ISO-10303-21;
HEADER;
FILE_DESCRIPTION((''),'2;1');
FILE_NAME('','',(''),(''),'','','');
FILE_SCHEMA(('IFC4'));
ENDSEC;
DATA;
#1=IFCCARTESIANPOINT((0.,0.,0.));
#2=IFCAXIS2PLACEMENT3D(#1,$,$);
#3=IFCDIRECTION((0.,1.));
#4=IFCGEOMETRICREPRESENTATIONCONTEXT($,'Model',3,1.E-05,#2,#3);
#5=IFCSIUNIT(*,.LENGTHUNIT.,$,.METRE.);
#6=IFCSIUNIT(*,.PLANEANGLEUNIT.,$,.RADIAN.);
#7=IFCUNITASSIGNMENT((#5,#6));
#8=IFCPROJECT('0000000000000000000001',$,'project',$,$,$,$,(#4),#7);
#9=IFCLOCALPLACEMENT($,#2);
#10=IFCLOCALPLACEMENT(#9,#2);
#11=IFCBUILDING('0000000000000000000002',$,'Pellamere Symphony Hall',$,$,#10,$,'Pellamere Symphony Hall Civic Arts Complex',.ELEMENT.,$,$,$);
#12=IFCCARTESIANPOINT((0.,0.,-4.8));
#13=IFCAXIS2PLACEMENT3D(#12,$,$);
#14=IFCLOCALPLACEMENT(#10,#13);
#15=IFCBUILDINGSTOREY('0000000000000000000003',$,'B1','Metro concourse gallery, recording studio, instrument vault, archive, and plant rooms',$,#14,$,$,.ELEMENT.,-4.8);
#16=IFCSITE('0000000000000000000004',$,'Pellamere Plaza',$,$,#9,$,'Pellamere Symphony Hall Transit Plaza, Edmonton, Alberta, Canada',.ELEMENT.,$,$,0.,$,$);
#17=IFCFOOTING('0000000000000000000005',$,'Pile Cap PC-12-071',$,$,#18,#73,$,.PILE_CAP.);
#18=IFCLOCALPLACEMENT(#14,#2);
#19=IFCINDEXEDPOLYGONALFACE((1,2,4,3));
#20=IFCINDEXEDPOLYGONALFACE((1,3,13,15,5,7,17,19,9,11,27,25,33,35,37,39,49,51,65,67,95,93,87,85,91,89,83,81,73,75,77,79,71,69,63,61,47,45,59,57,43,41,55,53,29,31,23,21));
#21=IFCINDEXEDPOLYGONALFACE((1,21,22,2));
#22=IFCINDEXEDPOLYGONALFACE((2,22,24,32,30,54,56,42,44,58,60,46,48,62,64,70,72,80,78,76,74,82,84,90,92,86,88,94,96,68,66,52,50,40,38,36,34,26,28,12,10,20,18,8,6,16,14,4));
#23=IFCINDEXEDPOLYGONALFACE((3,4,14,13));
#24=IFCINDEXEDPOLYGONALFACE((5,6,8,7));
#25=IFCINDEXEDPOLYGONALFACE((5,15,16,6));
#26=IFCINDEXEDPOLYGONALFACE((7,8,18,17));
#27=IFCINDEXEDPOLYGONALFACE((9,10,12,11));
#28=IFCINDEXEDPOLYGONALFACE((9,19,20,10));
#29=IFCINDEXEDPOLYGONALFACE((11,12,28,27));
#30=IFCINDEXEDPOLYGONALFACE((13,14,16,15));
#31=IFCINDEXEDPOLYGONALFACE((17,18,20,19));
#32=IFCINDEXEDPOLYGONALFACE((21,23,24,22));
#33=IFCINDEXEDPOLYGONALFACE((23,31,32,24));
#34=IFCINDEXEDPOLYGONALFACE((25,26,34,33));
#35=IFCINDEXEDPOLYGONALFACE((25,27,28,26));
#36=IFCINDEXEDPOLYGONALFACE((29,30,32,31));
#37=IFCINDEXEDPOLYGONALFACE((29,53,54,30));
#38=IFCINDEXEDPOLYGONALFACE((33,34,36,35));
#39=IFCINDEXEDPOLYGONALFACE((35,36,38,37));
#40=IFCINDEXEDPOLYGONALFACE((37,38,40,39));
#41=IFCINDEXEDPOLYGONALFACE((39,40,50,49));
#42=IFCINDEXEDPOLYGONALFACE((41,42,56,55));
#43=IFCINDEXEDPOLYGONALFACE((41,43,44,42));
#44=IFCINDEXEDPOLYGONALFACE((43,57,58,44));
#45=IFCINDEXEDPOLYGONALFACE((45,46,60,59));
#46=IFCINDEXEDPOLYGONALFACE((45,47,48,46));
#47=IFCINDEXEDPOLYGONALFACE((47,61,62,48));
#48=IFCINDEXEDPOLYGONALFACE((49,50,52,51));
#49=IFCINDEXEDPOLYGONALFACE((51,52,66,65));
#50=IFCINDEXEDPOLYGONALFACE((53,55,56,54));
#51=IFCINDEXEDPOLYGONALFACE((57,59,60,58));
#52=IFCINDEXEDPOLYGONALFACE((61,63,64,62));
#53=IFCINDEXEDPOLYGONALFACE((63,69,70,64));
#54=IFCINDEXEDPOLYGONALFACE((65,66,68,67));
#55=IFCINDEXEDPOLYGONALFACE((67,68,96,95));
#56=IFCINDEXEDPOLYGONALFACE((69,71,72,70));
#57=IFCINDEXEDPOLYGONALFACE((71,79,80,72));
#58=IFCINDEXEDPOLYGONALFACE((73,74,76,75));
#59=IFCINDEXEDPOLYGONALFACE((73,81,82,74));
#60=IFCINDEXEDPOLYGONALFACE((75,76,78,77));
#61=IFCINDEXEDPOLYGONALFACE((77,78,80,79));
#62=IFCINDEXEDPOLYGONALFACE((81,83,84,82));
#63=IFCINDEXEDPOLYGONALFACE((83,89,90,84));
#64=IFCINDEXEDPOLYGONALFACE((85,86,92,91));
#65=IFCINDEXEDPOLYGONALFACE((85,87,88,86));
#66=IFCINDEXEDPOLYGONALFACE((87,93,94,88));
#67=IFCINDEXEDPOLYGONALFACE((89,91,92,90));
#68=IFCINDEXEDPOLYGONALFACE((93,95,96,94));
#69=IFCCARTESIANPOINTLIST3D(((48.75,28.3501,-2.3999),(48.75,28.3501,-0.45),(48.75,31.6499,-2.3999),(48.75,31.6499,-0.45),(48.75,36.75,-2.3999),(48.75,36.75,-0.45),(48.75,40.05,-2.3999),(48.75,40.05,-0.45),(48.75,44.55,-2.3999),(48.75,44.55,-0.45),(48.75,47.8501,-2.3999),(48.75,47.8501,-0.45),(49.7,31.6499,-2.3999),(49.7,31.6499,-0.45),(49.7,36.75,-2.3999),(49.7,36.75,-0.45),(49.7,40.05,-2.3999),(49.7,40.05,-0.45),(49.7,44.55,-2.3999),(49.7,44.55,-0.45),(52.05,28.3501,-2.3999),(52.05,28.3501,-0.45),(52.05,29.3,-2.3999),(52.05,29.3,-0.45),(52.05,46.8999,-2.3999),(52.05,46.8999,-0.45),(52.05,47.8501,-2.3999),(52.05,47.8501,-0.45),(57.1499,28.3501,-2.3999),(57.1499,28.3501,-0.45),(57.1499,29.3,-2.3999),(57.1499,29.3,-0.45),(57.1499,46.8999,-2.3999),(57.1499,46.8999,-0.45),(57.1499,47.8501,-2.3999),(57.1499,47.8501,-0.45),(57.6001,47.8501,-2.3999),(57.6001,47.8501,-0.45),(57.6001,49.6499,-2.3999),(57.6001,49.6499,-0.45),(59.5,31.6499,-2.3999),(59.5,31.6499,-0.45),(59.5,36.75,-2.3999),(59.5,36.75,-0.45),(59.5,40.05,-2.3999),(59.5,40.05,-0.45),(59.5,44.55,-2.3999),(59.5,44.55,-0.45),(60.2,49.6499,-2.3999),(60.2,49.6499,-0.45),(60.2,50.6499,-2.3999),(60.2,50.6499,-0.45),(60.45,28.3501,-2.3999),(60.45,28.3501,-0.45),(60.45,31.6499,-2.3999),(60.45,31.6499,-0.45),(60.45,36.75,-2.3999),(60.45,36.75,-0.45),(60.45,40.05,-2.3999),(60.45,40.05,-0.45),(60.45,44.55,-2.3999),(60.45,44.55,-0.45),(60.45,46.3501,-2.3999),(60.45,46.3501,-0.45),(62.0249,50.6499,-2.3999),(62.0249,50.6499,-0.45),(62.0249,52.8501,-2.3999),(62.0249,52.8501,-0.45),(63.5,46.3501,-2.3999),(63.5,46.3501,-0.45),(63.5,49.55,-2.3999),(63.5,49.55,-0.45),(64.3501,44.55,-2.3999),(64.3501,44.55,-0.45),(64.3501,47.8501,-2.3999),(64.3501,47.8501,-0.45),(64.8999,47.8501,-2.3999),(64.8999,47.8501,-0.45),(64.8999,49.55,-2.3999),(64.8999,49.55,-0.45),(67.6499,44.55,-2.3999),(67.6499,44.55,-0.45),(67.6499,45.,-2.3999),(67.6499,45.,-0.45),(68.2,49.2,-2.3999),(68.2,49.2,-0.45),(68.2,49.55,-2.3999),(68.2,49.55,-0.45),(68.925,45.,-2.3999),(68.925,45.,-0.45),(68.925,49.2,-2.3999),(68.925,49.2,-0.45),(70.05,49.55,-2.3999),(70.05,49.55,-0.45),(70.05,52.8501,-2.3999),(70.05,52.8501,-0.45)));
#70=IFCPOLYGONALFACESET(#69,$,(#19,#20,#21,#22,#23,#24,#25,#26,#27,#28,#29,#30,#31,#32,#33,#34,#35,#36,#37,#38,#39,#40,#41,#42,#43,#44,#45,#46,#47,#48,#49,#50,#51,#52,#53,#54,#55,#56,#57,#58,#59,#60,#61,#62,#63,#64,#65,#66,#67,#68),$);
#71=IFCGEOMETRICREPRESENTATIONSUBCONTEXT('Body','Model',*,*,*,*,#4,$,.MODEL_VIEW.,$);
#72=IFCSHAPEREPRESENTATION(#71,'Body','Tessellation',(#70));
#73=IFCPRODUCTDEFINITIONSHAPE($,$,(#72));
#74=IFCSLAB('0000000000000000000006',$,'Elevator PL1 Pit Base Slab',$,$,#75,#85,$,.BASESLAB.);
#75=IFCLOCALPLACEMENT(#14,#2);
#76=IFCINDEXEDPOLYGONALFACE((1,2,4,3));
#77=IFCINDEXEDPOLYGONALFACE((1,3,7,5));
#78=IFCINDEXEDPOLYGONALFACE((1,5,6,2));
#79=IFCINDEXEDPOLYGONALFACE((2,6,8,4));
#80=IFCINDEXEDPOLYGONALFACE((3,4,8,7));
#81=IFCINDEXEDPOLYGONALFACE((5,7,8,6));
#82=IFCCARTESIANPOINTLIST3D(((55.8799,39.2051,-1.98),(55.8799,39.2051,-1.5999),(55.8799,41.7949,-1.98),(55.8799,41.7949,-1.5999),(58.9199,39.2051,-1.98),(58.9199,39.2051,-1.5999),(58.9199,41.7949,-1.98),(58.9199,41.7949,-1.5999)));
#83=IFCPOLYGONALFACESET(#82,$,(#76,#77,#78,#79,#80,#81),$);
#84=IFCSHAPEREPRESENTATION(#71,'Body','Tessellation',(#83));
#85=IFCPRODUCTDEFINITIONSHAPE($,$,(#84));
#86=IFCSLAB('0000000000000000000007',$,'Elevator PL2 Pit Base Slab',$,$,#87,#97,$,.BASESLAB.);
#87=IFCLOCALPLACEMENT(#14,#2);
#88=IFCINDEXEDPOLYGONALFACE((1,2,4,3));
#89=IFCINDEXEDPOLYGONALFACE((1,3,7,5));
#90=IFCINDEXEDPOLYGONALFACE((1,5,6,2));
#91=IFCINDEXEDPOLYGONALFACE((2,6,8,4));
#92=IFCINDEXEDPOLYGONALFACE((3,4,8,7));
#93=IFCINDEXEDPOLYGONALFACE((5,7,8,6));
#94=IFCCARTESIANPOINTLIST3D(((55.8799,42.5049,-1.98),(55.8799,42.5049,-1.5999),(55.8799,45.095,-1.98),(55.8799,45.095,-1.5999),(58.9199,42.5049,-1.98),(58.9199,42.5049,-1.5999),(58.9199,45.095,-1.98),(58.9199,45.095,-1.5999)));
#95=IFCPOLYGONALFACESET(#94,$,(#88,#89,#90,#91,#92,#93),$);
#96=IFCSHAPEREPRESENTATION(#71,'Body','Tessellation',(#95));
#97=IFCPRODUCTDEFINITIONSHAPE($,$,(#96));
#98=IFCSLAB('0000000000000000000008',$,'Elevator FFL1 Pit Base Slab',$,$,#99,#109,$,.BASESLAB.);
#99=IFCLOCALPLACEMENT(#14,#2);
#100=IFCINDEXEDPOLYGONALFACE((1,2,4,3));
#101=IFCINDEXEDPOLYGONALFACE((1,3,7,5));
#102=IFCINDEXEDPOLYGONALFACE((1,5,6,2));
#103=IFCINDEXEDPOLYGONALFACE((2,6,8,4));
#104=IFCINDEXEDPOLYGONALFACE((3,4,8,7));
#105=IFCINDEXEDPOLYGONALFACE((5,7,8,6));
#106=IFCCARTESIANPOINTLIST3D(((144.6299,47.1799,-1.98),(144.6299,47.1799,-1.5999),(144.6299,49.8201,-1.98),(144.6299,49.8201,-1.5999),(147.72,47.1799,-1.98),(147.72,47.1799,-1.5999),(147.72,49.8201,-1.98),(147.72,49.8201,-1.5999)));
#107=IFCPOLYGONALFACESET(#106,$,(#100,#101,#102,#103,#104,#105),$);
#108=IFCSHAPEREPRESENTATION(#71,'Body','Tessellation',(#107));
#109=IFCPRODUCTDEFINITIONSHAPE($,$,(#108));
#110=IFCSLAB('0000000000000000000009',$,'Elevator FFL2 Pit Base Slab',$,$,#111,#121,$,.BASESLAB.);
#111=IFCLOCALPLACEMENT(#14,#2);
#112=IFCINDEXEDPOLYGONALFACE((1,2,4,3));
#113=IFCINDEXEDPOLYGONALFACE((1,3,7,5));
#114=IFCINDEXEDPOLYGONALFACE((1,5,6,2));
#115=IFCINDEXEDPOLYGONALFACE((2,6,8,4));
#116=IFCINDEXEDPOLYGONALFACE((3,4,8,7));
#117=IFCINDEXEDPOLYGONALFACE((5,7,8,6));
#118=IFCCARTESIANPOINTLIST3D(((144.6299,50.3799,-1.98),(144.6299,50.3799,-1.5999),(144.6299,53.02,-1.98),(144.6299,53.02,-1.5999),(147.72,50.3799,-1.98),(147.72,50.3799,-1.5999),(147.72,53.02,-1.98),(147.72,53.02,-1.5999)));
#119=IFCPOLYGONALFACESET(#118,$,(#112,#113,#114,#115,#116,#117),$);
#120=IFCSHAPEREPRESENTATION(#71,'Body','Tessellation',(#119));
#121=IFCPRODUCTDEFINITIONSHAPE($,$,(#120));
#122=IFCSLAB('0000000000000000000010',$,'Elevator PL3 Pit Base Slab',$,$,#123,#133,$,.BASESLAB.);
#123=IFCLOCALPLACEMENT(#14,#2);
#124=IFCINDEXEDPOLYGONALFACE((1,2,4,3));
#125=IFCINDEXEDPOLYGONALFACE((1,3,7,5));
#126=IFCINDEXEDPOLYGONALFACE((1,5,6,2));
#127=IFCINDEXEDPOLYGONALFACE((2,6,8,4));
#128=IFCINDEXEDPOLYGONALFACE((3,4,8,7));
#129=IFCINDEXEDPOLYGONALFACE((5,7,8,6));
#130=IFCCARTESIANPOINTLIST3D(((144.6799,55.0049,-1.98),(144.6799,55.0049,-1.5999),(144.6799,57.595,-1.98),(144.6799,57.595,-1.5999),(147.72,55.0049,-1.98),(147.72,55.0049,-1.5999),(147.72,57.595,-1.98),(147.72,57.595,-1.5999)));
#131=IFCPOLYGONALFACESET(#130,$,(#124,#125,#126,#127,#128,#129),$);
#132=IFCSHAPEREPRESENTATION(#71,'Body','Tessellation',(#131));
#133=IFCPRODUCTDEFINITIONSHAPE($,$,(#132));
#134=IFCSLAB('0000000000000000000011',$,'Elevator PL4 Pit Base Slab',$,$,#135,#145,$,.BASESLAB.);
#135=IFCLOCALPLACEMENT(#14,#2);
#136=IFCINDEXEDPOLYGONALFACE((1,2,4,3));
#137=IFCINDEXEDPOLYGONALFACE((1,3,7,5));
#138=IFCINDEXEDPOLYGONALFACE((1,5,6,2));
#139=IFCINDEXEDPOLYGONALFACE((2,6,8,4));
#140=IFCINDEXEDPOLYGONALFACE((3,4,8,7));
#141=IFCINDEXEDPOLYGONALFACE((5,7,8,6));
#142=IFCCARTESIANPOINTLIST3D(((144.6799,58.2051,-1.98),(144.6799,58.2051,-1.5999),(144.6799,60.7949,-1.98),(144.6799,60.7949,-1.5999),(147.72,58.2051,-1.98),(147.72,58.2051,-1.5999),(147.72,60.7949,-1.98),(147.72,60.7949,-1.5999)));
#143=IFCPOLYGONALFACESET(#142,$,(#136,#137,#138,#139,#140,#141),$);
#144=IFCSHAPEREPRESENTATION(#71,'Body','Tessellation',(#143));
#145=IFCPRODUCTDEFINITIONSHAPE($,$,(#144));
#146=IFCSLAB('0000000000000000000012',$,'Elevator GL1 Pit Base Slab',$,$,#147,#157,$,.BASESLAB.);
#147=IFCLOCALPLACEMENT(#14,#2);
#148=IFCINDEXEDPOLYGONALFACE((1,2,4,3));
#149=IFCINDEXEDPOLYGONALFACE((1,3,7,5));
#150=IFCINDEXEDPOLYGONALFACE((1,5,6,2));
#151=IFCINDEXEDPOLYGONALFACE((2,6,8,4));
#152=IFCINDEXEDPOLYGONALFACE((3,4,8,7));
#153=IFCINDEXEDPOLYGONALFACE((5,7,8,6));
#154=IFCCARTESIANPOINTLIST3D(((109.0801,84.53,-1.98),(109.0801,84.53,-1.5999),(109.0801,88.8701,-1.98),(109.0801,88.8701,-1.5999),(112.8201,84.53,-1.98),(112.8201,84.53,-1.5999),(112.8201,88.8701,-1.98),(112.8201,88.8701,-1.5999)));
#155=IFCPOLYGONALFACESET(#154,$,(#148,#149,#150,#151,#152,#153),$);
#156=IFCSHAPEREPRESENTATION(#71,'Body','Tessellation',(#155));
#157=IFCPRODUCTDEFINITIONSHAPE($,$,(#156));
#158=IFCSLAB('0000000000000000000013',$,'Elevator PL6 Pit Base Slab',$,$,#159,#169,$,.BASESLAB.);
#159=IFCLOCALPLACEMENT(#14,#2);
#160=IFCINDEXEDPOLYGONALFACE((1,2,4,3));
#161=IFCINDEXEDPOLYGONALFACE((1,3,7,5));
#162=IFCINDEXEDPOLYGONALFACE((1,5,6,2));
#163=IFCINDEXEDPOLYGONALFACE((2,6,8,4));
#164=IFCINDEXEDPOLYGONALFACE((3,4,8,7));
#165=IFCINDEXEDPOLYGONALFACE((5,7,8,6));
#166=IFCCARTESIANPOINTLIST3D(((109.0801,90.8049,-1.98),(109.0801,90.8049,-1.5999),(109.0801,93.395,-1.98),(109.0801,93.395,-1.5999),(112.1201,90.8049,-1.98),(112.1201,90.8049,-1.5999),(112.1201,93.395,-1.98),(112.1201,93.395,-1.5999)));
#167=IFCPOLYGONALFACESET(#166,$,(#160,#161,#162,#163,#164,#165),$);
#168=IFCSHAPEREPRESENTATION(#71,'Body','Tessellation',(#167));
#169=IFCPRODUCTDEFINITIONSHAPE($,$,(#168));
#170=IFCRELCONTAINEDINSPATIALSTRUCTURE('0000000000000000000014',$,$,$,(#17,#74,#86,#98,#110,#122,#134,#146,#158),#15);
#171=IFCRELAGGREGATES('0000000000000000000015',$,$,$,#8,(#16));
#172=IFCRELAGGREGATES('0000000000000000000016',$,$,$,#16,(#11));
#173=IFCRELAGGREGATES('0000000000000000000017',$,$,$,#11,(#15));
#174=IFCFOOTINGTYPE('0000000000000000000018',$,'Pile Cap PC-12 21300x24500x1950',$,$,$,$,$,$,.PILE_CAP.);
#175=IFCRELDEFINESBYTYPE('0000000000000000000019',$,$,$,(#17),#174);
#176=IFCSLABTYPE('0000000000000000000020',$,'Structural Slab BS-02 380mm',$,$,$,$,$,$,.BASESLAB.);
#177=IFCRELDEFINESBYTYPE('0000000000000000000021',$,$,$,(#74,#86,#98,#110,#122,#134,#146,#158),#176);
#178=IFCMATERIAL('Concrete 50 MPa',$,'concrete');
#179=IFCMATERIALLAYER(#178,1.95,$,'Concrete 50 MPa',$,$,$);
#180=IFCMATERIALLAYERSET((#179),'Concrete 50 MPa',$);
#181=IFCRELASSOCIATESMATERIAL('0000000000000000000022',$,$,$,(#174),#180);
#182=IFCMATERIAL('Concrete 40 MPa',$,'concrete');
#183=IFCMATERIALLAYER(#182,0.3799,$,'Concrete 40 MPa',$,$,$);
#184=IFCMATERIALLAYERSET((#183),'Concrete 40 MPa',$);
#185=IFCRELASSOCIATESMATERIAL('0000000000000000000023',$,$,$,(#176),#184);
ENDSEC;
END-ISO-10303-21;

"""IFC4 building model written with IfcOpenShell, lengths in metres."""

from ifc_helpers import new_model, si_unit, direction, frame, origin, place, context, subcontext, project, spatial, polyline, outline, extrude, material, layer, layer_set, type_object, element, save


model = new_model("IFC4")

# Units and contexts
model_context = context("Model", 3, precision=1e-05, world=origin(), true_north=direction((0.0, 1.0)))
body_context = subcontext(model_context, "Body", "Model", "MODEL_VIEW")
ifc_project = project(units=[si_unit("LENGTHUNIT", "METRE"), si_unit("PLANEANGLEUNIT", "RADIAN")], contexts=[model_context])

# Site, building, storey
site_placement = place(None, origin())
site = spatial("IfcSite", under=ifc_project, at=site_placement, Name="Pellamere Plaza", LongName="Pellamere Symphony Hall Transit Plaza, Edmonton, Alberta, Canada", CompositionType="ELEMENT", RefElevation=0.0)
building_placement = place(site_placement, origin())
building = spatial("IfcBuilding", under=site, at=building_placement, Name="Pellamere Symphony Hall", LongName="Pellamere Symphony Hall Civic Arts Complex", CompositionType="ELEMENT")
storey_placement = place(building_placement, frame((0.0, 0.0, -4.8)))
storey = spatial("IfcBuildingStorey", under=building, at=storey_placement, Name="B1", Description="Metro concourse gallery, recording studio, instrument vault, archive, and plant rooms", CompositionType="ELEMENT", Elevation=-4.8)

# Footing
ifc_material_1 = material(Name="Concrete 40 MPa", Category="concrete")
ifc_material_2 = material(Name="Concrete 50 MPa", Category="concrete")
ifc_layer_1 = layer(ifc_material_2, 1.95, Name="Concrete 50 MPa")
ifc_layer_set_1 = layer_set([ifc_layer_1], Name="Concrete 50 MPa")
footing_type_1 = type_object("IfcFootingType", Name="Pile Cap PC-12 21300x24500x1950", PredefinedType="PILE_CAP", material=ifc_layer_set_1)
footing_1_placement = place(storey_placement, frame((0.0, 0.0, -2.3999)))
element("IfcFooting", 1, at=footing_1_placement, inside=storey, type_object=footing_type_1, Name="Pile Cap PC-12-071", PredefinedType="PILE_CAP", context=body_context, shape_type="SweptSolid", body=[
    extrude(outline(polyline([(52.05, 28.3501), (48.75, 28.3501), (48.75, 31.6499), (49.7, 31.6499), (49.7, 36.75), (48.75, 36.75), (48.75, 40.05), (49.7, 40.05), (49.7, 44.55), (48.75, 44.55), (48.75, 47.8501), (52.05, 47.8501), (52.05, 46.8999), (57.1499, 46.8999), (57.1499, 47.8501), (57.6001, 47.8501), (57.6001, 49.6499), (60.2, 49.6499), (60.2, 50.6499), (62.0249, 50.6499), (62.0249, 52.8501), (70.05, 52.8501), (70.05, 49.55), (68.2, 49.55), (68.2, 49.2), (68.925, 49.2), (68.925, 45.0), (67.6499, 45.0), (67.6499, 44.55), (64.3501, 44.55), (64.3501, 47.8501), (64.8999, 47.8501), (64.8999, 49.55), (63.5, 49.55), (63.5, 46.3501), (60.45, 46.3501), (60.45, 44.55), (59.5, 44.55), (59.5, 40.05), (60.45, 40.05), (60.45, 36.75), (59.5, 36.75), (59.5, 31.6499), (60.45, 31.6499), (60.45, 28.3501), (57.1499, 28.3501), (57.1499, 29.3), (52.05, 29.3), (52.05, 28.3501)])), origin(), (0.0, 0.0, 1.0), 1.95),
])

# Slabs
ifc_layer_2 = layer(ifc_material_1, 0.3799, Name="Concrete 40 MPa")
ifc_layer_set_2 = layer_set([ifc_layer_2], Name="Concrete 40 MPa")
slab_type = type_object("IfcSlabType", Name="Structural Slab BS-02 380mm", PredefinedType="BASESLAB", material=ifc_layer_set_2)
slab_1_placement = place(storey_placement, frame((0.0, 0.0, -1.98)))
element("IfcSlab", 2, at=slab_1_placement, inside=storey, type_object=slab_type, Name="Elevator PL1 Pit Base Slab", PredefinedType="BASESLAB", context=body_context, shape_type="SweptSolid", body=[
    extrude(outline(polyline([(55.8799, 39.2051), (58.9199, 39.2051), (58.9199, 41.7949), (55.8799, 41.7949), (55.8799, 39.2051)])), origin(), (0.0, 0.0, 1.0), 0.3801),
])
slab_2_placement = place(storey_placement, frame((0.0, 0.0, -1.98)))
element("IfcSlab", 3, at=slab_2_placement, inside=storey, type_object=slab_type, Name="Elevator PL2 Pit Base Slab", PredefinedType="BASESLAB", context=body_context, shape_type="SweptSolid", body=[
    extrude(outline(polyline([(55.8799, 42.5049), (58.9199, 42.5049), (58.9199, 45.095), (55.8799, 45.095), (55.8799, 42.5049)])), origin(), (0.0, 0.0, 1.0), 0.3801),
])
slab_3_placement = place(storey_placement, frame((0.0, 0.0, -1.98)))
element("IfcSlab", 4, at=slab_3_placement, inside=storey, type_object=slab_type, Name="Elevator FFL1 Pit Base Slab", PredefinedType="BASESLAB", context=body_context, shape_type="SweptSolid", body=[
    extrude(outline(polyline([(144.6299, 47.1799), (147.72, 47.1799), (147.72, 49.8201), (144.6299, 49.8201), (144.6299, 47.1799)])), origin(), (0.0, 0.0, 1.0), 0.3801),
])
slab_4_placement = place(storey_placement, frame((0.0, 0.0, -1.98)))
element("IfcSlab", 5, at=slab_4_placement, inside=storey, type_object=slab_type, Name="Elevator FFL2 Pit Base Slab", PredefinedType="BASESLAB", context=body_context, shape_type="SweptSolid", body=[
    extrude(outline(polyline([(144.6299, 50.3799), (147.72, 50.3799), (147.72, 53.02), (144.6299, 53.02), (144.6299, 50.3799)])), origin(), (0.0, 0.0, 1.0), 0.3801),
])
slab_5_placement = place(storey_placement, frame((0.0, 0.0, -1.98)))
element("IfcSlab", 6, at=slab_5_placement, inside=storey, type_object=slab_type, Name="Elevator PL3 Pit Base Slab", PredefinedType="BASESLAB", context=body_context, shape_type="SweptSolid", body=[
    extrude(outline(polyline([(144.6799, 55.0049), (147.72, 55.0049), (147.72, 57.595), (144.6799, 57.595), (144.6799, 55.0049)])), origin(), (0.0, 0.0, 1.0), 0.3801),
])
slab_6_placement = place(storey_placement, frame((0.0, 0.0, -1.98)))
element("IfcSlab", 7, at=slab_6_placement, inside=storey, type_object=slab_type, Name="Elevator PL4 Pit Base Slab", PredefinedType="BASESLAB", context=body_context, shape_type="SweptSolid", body=[
    extrude(outline(polyline([(144.6799, 58.2051), (147.72, 58.2051), (147.72, 60.7949), (144.6799, 60.7949), (144.6799, 58.2051)])), origin(), (0.0, 0.0, 1.0), 0.3801),
])
slab_7_placement = place(storey_placement, frame((0.0, 0.0, -1.98)))
element("IfcSlab", 8, at=slab_7_placement, inside=storey, type_object=slab_type, Name="Elevator GL1 Pit Base Slab", PredefinedType="BASESLAB", context=body_context, shape_type="SweptSolid", body=[
    extrude(outline(polyline([(109.0801, 84.53), (112.8201, 84.53), (112.8201, 88.8701), (109.0801, 88.8701), (109.0801, 84.53)])), origin(), (0.0, 0.0, 1.0), 0.3801),
])
slab_8_placement = place(storey_placement, frame((0.0, 0.0, -1.98)))
element("IfcSlab", 9, at=slab_8_placement, inside=storey, type_object=slab_type, Name="Elevator PL6 Pit Base Slab", PredefinedType="BASESLAB", context=body_context, shape_type="SweptSolid", body=[
    extrude(outline(polyline([(109.0801, 90.8049), (112.1201, 90.8049), (112.1201, 93.395), (109.0801, 93.395), (109.0801, 90.8049)])), origin(), (0.0, 0.0, 1.0), 0.3801),
])

save(model, "model.ifc")
